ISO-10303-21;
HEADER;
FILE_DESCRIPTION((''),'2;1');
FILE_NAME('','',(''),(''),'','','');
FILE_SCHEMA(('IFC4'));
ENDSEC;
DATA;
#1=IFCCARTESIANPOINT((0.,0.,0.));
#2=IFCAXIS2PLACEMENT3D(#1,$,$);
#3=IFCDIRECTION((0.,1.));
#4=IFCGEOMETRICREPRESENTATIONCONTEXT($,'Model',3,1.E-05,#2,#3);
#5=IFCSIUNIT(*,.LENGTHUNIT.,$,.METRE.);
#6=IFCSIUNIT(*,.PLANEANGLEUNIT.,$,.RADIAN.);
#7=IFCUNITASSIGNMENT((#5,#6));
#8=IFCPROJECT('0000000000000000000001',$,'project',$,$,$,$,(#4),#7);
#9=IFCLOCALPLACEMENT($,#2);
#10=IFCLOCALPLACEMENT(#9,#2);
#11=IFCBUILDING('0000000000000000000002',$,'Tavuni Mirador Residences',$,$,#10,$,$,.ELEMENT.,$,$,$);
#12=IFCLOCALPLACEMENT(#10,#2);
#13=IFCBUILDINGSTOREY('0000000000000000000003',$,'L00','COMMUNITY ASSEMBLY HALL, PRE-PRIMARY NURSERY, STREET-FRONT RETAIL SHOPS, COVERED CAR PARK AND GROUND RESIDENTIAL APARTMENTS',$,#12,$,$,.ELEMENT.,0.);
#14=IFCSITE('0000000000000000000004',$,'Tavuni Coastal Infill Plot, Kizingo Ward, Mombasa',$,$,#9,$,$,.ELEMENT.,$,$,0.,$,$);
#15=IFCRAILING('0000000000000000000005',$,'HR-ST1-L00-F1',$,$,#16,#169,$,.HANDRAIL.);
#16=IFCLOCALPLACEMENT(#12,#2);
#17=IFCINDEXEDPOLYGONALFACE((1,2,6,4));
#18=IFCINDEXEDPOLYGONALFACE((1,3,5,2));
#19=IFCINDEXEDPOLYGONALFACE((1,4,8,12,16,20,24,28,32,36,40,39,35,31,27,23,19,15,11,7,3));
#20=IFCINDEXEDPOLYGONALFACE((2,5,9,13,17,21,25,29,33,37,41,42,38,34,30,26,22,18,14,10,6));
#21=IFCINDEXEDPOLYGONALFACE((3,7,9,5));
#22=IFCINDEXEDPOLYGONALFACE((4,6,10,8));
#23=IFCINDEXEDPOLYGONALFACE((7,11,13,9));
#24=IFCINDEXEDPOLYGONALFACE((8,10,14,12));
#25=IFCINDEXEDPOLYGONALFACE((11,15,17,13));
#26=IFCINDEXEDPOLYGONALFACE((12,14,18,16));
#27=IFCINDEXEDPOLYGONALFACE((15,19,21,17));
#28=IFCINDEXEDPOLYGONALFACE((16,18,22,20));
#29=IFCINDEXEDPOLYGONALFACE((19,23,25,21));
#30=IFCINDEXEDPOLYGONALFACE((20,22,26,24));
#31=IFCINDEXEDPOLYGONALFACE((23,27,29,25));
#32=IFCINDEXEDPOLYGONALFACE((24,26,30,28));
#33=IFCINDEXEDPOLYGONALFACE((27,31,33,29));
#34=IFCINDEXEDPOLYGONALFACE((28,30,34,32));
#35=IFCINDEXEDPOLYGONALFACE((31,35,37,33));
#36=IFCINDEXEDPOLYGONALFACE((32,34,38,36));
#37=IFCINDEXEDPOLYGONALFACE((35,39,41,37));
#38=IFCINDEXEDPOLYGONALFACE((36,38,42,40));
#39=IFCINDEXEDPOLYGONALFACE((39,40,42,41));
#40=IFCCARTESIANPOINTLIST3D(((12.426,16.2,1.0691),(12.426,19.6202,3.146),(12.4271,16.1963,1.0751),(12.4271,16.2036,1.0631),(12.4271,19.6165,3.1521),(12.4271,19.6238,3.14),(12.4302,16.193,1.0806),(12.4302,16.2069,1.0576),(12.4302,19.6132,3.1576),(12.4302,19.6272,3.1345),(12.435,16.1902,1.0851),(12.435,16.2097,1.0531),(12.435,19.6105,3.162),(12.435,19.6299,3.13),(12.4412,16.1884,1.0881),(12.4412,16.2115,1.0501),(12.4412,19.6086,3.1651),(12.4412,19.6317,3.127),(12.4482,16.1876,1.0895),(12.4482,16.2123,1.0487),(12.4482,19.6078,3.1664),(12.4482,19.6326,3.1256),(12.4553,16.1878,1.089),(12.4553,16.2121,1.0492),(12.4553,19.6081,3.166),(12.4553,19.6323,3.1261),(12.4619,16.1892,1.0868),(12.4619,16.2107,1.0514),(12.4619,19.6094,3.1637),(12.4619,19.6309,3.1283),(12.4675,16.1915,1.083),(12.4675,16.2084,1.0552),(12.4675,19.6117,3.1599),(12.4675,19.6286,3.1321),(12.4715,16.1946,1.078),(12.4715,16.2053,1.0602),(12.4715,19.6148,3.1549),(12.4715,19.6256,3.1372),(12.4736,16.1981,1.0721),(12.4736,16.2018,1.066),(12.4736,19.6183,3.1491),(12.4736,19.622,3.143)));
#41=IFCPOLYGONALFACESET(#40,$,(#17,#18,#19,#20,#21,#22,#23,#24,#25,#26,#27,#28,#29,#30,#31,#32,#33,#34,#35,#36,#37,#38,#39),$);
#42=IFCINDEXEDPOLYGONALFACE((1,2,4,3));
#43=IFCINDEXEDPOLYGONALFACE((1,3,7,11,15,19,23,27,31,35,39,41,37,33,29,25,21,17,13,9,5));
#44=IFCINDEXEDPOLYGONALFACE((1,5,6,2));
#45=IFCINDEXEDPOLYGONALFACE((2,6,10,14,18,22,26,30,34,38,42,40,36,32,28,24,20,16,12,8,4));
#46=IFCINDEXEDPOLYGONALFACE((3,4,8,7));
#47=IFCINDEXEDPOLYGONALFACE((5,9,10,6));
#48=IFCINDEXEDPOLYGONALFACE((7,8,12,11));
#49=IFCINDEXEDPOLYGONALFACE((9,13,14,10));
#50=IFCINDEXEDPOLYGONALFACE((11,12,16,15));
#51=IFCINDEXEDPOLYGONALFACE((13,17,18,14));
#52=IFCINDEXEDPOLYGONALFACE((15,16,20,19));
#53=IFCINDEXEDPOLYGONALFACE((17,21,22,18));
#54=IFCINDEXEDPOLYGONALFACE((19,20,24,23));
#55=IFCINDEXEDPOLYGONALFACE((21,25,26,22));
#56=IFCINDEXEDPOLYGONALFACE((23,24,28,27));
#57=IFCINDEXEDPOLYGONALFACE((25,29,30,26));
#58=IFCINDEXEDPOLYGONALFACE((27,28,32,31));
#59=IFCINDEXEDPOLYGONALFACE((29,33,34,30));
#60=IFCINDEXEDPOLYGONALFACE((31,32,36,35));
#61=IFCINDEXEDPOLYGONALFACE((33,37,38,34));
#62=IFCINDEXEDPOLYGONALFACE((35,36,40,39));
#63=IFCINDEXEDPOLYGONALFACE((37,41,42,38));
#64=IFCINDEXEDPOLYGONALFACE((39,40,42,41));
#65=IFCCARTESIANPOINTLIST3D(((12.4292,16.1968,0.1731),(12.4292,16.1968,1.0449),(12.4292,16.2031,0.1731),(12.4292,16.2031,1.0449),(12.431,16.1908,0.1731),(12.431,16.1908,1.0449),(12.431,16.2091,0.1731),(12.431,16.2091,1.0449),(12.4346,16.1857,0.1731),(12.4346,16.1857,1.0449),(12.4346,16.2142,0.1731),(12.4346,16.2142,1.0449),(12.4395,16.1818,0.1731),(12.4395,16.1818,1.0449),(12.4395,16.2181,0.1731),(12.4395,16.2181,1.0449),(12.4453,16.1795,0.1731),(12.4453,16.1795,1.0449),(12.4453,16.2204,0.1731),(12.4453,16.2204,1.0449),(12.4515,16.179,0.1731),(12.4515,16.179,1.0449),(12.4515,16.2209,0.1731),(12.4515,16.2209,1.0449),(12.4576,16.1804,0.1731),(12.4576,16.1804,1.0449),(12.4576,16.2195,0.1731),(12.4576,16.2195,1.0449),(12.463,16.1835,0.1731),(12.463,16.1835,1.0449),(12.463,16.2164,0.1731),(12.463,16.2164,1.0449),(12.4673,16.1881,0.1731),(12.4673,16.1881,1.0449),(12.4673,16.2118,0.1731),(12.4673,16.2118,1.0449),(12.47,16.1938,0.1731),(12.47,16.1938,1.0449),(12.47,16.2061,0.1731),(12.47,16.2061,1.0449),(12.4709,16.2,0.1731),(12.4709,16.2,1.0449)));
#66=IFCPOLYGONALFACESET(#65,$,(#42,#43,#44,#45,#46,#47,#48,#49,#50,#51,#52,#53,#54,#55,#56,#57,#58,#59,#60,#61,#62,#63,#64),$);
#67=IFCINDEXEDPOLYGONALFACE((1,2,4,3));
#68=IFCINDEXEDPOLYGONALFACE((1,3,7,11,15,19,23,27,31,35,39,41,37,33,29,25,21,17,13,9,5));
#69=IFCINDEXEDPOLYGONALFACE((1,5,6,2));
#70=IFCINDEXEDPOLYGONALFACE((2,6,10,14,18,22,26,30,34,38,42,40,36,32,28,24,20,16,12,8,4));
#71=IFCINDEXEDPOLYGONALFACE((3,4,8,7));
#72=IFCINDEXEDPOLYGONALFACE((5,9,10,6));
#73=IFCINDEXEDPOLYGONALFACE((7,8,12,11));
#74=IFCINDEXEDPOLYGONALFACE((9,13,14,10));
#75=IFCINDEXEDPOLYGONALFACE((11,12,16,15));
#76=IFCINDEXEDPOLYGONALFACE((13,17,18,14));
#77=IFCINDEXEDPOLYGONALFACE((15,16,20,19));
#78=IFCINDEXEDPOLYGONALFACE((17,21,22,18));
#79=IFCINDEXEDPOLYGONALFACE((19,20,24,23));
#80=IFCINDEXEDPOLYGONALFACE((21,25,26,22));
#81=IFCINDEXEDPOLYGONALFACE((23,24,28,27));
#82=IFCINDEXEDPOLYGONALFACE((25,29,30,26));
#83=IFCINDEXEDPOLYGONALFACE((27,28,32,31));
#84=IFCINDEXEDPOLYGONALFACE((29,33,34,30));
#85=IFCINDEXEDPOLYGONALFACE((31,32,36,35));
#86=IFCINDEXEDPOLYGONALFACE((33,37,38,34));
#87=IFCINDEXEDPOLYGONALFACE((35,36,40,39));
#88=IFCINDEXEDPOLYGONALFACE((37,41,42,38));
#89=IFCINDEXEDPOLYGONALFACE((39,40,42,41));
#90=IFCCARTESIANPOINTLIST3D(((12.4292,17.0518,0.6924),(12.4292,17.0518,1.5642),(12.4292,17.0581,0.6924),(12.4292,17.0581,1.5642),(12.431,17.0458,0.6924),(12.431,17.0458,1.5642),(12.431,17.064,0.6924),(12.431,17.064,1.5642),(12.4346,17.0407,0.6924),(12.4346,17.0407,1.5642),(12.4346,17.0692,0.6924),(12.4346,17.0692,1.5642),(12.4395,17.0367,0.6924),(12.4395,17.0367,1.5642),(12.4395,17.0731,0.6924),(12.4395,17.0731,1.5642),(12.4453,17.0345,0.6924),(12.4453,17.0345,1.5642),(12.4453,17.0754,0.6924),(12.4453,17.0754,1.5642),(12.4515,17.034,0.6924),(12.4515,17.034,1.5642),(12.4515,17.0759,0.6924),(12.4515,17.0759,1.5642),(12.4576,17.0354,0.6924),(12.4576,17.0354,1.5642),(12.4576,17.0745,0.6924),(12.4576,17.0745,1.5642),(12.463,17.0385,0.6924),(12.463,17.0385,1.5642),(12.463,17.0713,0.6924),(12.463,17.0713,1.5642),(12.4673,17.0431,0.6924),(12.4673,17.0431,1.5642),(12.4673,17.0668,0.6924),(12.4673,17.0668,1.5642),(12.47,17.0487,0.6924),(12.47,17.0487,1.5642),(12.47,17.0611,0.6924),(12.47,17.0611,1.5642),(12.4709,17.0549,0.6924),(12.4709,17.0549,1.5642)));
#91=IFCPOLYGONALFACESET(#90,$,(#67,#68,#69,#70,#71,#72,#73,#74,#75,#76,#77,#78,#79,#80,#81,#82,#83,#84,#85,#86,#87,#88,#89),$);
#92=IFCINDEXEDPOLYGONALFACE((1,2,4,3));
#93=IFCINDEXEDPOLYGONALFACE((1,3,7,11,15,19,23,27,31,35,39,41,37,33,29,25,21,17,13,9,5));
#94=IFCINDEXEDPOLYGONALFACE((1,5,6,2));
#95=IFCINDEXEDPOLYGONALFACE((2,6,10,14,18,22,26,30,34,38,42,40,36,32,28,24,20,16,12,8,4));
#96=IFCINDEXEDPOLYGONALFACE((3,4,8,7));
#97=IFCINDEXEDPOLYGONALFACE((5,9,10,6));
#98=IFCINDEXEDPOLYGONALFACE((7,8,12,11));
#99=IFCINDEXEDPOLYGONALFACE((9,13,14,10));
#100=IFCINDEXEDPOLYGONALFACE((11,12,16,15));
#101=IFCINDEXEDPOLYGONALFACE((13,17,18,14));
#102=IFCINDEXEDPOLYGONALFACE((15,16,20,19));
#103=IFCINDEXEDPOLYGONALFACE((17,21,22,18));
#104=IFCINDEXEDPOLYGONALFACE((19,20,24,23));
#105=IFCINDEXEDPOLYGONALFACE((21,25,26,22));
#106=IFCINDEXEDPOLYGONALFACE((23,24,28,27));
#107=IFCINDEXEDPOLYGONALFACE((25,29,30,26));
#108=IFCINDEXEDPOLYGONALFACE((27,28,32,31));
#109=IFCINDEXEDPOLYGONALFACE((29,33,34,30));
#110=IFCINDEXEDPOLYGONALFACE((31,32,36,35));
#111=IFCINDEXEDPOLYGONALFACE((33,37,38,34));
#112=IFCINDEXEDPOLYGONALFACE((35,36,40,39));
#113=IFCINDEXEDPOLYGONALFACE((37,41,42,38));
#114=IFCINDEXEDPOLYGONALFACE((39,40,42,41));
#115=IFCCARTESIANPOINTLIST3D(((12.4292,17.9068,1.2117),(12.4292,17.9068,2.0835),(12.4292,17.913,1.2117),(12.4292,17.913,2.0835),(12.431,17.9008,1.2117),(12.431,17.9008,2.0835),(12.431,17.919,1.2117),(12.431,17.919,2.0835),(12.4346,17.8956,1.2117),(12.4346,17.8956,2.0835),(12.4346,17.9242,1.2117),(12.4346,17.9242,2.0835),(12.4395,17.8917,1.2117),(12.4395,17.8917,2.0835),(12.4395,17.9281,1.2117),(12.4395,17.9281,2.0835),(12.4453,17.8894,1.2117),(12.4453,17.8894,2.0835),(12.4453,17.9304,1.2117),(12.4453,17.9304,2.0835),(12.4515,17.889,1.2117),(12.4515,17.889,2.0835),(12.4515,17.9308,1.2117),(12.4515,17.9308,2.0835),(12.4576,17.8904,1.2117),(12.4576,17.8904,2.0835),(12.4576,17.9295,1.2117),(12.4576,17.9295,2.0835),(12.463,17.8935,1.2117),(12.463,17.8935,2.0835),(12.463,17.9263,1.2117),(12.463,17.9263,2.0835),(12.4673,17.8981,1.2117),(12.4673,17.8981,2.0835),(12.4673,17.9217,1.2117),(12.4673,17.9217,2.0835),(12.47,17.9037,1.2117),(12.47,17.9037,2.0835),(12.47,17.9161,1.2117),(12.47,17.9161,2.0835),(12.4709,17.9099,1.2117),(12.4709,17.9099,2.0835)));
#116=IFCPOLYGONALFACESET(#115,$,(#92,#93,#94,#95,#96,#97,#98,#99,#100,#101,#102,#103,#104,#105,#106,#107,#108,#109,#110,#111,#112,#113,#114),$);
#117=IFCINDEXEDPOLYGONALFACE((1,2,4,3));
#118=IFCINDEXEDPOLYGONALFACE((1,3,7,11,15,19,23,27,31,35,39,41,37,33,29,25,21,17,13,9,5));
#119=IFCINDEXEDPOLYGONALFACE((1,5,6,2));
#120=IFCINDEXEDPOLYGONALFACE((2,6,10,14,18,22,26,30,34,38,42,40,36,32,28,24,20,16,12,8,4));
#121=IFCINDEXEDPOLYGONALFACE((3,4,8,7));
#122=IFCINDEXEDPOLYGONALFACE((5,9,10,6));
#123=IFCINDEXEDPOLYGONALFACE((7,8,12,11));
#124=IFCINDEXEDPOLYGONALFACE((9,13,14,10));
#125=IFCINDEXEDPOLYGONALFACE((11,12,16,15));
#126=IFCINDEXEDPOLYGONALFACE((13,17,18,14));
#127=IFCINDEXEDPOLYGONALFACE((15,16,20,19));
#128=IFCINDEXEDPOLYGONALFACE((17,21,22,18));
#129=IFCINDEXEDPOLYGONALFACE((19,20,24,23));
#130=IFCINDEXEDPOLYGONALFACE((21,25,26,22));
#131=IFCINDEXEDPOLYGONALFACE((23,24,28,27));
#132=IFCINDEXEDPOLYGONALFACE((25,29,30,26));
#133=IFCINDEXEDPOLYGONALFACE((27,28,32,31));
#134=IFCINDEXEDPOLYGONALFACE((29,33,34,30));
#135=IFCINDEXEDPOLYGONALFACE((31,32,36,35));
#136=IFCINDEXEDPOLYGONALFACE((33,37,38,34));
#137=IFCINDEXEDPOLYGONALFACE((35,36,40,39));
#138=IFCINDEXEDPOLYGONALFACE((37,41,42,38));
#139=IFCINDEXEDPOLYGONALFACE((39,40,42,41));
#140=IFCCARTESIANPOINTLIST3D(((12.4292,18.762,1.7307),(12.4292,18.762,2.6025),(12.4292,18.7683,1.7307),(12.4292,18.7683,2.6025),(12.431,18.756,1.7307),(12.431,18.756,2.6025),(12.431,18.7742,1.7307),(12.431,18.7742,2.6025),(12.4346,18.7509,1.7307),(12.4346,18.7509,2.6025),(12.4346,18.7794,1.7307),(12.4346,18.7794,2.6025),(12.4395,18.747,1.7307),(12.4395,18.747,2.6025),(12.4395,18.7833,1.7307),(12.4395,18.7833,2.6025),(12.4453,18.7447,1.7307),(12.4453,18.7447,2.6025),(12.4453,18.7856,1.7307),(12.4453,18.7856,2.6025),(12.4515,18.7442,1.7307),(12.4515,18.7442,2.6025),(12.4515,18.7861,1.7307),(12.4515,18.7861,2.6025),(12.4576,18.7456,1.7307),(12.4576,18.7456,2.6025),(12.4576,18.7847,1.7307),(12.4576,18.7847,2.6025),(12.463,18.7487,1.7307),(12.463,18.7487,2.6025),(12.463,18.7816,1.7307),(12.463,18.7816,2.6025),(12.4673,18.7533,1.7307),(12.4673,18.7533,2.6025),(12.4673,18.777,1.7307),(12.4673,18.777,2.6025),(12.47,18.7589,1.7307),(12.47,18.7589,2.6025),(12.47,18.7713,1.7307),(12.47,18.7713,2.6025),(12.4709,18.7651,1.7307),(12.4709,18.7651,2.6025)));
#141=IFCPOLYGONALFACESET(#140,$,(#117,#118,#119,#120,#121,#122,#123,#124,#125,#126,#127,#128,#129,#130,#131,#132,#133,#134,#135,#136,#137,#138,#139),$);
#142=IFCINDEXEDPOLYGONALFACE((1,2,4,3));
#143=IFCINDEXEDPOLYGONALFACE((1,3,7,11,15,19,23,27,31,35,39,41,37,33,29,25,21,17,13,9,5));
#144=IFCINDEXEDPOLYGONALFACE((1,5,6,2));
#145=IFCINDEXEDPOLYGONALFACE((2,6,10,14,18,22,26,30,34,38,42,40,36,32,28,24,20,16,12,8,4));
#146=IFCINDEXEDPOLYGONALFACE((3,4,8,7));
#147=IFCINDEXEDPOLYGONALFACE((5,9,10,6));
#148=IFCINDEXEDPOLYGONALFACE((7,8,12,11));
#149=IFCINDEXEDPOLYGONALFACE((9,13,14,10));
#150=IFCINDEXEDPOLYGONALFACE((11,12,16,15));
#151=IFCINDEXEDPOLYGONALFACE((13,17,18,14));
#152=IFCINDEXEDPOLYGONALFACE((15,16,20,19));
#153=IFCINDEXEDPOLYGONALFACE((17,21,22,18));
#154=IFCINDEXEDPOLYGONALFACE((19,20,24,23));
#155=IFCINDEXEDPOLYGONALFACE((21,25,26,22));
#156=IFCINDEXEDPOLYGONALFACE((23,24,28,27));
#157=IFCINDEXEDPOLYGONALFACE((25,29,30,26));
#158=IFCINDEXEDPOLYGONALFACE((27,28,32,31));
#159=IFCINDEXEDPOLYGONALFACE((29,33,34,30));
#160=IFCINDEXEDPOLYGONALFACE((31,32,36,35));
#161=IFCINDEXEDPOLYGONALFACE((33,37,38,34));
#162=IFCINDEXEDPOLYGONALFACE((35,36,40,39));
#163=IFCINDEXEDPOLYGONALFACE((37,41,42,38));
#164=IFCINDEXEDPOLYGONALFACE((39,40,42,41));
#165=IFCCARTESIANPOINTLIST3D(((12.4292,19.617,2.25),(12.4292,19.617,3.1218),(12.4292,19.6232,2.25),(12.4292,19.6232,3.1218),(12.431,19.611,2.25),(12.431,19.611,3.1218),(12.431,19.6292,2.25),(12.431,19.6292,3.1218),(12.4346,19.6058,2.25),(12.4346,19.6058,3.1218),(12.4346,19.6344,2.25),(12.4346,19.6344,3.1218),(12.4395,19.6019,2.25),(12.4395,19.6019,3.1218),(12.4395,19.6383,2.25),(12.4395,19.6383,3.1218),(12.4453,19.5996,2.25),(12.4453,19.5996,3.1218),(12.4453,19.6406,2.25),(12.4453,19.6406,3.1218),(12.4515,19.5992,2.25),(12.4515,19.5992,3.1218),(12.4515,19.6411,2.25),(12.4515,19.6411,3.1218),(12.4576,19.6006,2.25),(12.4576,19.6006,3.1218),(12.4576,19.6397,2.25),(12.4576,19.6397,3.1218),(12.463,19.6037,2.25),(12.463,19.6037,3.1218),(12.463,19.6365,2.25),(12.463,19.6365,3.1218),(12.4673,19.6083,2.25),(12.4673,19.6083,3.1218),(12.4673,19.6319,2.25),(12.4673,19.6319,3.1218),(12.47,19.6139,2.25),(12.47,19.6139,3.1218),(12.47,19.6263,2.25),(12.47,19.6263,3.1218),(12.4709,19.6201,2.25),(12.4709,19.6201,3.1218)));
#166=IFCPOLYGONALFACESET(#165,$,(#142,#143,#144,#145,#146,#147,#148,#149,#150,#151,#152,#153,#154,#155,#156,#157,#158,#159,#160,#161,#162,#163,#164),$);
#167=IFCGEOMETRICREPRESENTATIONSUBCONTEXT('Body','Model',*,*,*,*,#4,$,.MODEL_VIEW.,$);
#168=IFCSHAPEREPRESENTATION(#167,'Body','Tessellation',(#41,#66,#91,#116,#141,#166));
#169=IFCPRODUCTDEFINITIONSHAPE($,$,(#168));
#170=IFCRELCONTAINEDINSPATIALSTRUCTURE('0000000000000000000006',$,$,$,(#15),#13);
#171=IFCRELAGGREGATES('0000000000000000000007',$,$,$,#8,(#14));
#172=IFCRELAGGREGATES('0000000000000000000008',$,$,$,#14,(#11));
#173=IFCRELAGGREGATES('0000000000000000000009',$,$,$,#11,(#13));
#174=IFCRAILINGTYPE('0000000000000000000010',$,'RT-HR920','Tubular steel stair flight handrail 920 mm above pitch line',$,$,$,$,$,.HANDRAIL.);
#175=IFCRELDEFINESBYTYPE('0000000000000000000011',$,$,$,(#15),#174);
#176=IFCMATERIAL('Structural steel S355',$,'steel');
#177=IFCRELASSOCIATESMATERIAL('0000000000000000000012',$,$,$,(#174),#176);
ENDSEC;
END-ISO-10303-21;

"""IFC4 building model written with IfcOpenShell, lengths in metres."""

from ifc_helpers import new_model, si_unit, direction, frame, origin, origin_2d, place, context, subcontext, project, spatial, circle, extrude, material, type_object, element, save


model = new_model("IFC4")

# Units and contexts
model_context = context("Model", 3, precision=1e-05, world=origin(), true_north=direction((0.0, 1.0)))
body_context = subcontext(model_context, "Body", "Model", "MODEL_VIEW")
ifc_project = project(units=[si_unit("LENGTHUNIT", "METRE"), si_unit("PLANEANGLEUNIT", "RADIAN")], contexts=[model_context])

# Site, building, storey
site_placement = place(None, origin())
site = spatial("IfcSite", under=ifc_project, at=site_placement, Name="Tavuni Coastal Infill Plot, Kizingo Ward, Mombasa", CompositionType="ELEMENT", RefElevation=0.0)
building_placement = place(site_placement, origin())
building = spatial("IfcBuilding", under=site, at=building_placement, Name="Tavuni Mirador Residences", CompositionType="ELEMENT")
storey_placement = place(building_placement, origin())
storey = spatial("IfcBuildingStorey", under=building, at=storey_placement, Name="L00", Description="COMMUNITY ASSEMBLY HALL, PRE-PRIMARY NURSERY, STREET-FRONT RETAIL SHOPS, COVERED CAR PARK AND GROUND RESIDENTIAL APARTMENTS", CompositionType="ELEMENT", Elevation=0.0)

# Shared definitions
ifc_material_1 = material(Name="Structural steel S355", Category="steel")

# Railing
railing_type_1 = type_object("IfcRailingType", Name="RT-HR920", Description="Tubular steel stair flight handrail 920 mm above pitch line", PredefinedType="HANDRAIL", material=ifc_material_1)
railing_1_placement = place(storey_placement, frame((12.45, 16.2, 0.1731)))
element("IfcRailing", 1, at=railing_1_placement, inside=storey, type_object=railing_type_1, Name="HR-ST1-L00-F1", PredefinedType="HANDRAIL", context=body_context, shape_type="SweptSolid", body=[
    extrude(circle(Radius=0.0239, at=origin_2d()), frame((0.0, 0.0, 0.896), z_axis=(0.0, 0.854746, 0.519047), x_axis=(-1.0, 0.0, 0.0)), (0.0, 0.0, 1.0), 4.0015),
    extrude(circle(Radius=0.021, at=origin_2d()), origin(), (0.0, 0.0, 1.0), 0.8718),
    extrude(circle(Radius=0.021, at=origin_2d()), frame((0.0, 0.855, 0.5193)), (0.0, 0.0, 1.0), 0.8718),
    extrude(circle(Radius=0.021, at=origin_2d()), frame((0.0, 1.71, 1.0386)), (0.0, 0.0, 1.0), 0.8718),
    extrude(circle(Radius=0.021, at=origin_2d()), frame((0.0, 2.5652, 1.5576)), (0.0, 0.0, 1.0), 0.8718),
    extrude(circle(Radius=0.021, at=origin_2d()), frame((0.0, 3.4202, 2.0769)), (0.0, 0.0, 1.0), 0.8718),
])

save(model, "model.ifc")
